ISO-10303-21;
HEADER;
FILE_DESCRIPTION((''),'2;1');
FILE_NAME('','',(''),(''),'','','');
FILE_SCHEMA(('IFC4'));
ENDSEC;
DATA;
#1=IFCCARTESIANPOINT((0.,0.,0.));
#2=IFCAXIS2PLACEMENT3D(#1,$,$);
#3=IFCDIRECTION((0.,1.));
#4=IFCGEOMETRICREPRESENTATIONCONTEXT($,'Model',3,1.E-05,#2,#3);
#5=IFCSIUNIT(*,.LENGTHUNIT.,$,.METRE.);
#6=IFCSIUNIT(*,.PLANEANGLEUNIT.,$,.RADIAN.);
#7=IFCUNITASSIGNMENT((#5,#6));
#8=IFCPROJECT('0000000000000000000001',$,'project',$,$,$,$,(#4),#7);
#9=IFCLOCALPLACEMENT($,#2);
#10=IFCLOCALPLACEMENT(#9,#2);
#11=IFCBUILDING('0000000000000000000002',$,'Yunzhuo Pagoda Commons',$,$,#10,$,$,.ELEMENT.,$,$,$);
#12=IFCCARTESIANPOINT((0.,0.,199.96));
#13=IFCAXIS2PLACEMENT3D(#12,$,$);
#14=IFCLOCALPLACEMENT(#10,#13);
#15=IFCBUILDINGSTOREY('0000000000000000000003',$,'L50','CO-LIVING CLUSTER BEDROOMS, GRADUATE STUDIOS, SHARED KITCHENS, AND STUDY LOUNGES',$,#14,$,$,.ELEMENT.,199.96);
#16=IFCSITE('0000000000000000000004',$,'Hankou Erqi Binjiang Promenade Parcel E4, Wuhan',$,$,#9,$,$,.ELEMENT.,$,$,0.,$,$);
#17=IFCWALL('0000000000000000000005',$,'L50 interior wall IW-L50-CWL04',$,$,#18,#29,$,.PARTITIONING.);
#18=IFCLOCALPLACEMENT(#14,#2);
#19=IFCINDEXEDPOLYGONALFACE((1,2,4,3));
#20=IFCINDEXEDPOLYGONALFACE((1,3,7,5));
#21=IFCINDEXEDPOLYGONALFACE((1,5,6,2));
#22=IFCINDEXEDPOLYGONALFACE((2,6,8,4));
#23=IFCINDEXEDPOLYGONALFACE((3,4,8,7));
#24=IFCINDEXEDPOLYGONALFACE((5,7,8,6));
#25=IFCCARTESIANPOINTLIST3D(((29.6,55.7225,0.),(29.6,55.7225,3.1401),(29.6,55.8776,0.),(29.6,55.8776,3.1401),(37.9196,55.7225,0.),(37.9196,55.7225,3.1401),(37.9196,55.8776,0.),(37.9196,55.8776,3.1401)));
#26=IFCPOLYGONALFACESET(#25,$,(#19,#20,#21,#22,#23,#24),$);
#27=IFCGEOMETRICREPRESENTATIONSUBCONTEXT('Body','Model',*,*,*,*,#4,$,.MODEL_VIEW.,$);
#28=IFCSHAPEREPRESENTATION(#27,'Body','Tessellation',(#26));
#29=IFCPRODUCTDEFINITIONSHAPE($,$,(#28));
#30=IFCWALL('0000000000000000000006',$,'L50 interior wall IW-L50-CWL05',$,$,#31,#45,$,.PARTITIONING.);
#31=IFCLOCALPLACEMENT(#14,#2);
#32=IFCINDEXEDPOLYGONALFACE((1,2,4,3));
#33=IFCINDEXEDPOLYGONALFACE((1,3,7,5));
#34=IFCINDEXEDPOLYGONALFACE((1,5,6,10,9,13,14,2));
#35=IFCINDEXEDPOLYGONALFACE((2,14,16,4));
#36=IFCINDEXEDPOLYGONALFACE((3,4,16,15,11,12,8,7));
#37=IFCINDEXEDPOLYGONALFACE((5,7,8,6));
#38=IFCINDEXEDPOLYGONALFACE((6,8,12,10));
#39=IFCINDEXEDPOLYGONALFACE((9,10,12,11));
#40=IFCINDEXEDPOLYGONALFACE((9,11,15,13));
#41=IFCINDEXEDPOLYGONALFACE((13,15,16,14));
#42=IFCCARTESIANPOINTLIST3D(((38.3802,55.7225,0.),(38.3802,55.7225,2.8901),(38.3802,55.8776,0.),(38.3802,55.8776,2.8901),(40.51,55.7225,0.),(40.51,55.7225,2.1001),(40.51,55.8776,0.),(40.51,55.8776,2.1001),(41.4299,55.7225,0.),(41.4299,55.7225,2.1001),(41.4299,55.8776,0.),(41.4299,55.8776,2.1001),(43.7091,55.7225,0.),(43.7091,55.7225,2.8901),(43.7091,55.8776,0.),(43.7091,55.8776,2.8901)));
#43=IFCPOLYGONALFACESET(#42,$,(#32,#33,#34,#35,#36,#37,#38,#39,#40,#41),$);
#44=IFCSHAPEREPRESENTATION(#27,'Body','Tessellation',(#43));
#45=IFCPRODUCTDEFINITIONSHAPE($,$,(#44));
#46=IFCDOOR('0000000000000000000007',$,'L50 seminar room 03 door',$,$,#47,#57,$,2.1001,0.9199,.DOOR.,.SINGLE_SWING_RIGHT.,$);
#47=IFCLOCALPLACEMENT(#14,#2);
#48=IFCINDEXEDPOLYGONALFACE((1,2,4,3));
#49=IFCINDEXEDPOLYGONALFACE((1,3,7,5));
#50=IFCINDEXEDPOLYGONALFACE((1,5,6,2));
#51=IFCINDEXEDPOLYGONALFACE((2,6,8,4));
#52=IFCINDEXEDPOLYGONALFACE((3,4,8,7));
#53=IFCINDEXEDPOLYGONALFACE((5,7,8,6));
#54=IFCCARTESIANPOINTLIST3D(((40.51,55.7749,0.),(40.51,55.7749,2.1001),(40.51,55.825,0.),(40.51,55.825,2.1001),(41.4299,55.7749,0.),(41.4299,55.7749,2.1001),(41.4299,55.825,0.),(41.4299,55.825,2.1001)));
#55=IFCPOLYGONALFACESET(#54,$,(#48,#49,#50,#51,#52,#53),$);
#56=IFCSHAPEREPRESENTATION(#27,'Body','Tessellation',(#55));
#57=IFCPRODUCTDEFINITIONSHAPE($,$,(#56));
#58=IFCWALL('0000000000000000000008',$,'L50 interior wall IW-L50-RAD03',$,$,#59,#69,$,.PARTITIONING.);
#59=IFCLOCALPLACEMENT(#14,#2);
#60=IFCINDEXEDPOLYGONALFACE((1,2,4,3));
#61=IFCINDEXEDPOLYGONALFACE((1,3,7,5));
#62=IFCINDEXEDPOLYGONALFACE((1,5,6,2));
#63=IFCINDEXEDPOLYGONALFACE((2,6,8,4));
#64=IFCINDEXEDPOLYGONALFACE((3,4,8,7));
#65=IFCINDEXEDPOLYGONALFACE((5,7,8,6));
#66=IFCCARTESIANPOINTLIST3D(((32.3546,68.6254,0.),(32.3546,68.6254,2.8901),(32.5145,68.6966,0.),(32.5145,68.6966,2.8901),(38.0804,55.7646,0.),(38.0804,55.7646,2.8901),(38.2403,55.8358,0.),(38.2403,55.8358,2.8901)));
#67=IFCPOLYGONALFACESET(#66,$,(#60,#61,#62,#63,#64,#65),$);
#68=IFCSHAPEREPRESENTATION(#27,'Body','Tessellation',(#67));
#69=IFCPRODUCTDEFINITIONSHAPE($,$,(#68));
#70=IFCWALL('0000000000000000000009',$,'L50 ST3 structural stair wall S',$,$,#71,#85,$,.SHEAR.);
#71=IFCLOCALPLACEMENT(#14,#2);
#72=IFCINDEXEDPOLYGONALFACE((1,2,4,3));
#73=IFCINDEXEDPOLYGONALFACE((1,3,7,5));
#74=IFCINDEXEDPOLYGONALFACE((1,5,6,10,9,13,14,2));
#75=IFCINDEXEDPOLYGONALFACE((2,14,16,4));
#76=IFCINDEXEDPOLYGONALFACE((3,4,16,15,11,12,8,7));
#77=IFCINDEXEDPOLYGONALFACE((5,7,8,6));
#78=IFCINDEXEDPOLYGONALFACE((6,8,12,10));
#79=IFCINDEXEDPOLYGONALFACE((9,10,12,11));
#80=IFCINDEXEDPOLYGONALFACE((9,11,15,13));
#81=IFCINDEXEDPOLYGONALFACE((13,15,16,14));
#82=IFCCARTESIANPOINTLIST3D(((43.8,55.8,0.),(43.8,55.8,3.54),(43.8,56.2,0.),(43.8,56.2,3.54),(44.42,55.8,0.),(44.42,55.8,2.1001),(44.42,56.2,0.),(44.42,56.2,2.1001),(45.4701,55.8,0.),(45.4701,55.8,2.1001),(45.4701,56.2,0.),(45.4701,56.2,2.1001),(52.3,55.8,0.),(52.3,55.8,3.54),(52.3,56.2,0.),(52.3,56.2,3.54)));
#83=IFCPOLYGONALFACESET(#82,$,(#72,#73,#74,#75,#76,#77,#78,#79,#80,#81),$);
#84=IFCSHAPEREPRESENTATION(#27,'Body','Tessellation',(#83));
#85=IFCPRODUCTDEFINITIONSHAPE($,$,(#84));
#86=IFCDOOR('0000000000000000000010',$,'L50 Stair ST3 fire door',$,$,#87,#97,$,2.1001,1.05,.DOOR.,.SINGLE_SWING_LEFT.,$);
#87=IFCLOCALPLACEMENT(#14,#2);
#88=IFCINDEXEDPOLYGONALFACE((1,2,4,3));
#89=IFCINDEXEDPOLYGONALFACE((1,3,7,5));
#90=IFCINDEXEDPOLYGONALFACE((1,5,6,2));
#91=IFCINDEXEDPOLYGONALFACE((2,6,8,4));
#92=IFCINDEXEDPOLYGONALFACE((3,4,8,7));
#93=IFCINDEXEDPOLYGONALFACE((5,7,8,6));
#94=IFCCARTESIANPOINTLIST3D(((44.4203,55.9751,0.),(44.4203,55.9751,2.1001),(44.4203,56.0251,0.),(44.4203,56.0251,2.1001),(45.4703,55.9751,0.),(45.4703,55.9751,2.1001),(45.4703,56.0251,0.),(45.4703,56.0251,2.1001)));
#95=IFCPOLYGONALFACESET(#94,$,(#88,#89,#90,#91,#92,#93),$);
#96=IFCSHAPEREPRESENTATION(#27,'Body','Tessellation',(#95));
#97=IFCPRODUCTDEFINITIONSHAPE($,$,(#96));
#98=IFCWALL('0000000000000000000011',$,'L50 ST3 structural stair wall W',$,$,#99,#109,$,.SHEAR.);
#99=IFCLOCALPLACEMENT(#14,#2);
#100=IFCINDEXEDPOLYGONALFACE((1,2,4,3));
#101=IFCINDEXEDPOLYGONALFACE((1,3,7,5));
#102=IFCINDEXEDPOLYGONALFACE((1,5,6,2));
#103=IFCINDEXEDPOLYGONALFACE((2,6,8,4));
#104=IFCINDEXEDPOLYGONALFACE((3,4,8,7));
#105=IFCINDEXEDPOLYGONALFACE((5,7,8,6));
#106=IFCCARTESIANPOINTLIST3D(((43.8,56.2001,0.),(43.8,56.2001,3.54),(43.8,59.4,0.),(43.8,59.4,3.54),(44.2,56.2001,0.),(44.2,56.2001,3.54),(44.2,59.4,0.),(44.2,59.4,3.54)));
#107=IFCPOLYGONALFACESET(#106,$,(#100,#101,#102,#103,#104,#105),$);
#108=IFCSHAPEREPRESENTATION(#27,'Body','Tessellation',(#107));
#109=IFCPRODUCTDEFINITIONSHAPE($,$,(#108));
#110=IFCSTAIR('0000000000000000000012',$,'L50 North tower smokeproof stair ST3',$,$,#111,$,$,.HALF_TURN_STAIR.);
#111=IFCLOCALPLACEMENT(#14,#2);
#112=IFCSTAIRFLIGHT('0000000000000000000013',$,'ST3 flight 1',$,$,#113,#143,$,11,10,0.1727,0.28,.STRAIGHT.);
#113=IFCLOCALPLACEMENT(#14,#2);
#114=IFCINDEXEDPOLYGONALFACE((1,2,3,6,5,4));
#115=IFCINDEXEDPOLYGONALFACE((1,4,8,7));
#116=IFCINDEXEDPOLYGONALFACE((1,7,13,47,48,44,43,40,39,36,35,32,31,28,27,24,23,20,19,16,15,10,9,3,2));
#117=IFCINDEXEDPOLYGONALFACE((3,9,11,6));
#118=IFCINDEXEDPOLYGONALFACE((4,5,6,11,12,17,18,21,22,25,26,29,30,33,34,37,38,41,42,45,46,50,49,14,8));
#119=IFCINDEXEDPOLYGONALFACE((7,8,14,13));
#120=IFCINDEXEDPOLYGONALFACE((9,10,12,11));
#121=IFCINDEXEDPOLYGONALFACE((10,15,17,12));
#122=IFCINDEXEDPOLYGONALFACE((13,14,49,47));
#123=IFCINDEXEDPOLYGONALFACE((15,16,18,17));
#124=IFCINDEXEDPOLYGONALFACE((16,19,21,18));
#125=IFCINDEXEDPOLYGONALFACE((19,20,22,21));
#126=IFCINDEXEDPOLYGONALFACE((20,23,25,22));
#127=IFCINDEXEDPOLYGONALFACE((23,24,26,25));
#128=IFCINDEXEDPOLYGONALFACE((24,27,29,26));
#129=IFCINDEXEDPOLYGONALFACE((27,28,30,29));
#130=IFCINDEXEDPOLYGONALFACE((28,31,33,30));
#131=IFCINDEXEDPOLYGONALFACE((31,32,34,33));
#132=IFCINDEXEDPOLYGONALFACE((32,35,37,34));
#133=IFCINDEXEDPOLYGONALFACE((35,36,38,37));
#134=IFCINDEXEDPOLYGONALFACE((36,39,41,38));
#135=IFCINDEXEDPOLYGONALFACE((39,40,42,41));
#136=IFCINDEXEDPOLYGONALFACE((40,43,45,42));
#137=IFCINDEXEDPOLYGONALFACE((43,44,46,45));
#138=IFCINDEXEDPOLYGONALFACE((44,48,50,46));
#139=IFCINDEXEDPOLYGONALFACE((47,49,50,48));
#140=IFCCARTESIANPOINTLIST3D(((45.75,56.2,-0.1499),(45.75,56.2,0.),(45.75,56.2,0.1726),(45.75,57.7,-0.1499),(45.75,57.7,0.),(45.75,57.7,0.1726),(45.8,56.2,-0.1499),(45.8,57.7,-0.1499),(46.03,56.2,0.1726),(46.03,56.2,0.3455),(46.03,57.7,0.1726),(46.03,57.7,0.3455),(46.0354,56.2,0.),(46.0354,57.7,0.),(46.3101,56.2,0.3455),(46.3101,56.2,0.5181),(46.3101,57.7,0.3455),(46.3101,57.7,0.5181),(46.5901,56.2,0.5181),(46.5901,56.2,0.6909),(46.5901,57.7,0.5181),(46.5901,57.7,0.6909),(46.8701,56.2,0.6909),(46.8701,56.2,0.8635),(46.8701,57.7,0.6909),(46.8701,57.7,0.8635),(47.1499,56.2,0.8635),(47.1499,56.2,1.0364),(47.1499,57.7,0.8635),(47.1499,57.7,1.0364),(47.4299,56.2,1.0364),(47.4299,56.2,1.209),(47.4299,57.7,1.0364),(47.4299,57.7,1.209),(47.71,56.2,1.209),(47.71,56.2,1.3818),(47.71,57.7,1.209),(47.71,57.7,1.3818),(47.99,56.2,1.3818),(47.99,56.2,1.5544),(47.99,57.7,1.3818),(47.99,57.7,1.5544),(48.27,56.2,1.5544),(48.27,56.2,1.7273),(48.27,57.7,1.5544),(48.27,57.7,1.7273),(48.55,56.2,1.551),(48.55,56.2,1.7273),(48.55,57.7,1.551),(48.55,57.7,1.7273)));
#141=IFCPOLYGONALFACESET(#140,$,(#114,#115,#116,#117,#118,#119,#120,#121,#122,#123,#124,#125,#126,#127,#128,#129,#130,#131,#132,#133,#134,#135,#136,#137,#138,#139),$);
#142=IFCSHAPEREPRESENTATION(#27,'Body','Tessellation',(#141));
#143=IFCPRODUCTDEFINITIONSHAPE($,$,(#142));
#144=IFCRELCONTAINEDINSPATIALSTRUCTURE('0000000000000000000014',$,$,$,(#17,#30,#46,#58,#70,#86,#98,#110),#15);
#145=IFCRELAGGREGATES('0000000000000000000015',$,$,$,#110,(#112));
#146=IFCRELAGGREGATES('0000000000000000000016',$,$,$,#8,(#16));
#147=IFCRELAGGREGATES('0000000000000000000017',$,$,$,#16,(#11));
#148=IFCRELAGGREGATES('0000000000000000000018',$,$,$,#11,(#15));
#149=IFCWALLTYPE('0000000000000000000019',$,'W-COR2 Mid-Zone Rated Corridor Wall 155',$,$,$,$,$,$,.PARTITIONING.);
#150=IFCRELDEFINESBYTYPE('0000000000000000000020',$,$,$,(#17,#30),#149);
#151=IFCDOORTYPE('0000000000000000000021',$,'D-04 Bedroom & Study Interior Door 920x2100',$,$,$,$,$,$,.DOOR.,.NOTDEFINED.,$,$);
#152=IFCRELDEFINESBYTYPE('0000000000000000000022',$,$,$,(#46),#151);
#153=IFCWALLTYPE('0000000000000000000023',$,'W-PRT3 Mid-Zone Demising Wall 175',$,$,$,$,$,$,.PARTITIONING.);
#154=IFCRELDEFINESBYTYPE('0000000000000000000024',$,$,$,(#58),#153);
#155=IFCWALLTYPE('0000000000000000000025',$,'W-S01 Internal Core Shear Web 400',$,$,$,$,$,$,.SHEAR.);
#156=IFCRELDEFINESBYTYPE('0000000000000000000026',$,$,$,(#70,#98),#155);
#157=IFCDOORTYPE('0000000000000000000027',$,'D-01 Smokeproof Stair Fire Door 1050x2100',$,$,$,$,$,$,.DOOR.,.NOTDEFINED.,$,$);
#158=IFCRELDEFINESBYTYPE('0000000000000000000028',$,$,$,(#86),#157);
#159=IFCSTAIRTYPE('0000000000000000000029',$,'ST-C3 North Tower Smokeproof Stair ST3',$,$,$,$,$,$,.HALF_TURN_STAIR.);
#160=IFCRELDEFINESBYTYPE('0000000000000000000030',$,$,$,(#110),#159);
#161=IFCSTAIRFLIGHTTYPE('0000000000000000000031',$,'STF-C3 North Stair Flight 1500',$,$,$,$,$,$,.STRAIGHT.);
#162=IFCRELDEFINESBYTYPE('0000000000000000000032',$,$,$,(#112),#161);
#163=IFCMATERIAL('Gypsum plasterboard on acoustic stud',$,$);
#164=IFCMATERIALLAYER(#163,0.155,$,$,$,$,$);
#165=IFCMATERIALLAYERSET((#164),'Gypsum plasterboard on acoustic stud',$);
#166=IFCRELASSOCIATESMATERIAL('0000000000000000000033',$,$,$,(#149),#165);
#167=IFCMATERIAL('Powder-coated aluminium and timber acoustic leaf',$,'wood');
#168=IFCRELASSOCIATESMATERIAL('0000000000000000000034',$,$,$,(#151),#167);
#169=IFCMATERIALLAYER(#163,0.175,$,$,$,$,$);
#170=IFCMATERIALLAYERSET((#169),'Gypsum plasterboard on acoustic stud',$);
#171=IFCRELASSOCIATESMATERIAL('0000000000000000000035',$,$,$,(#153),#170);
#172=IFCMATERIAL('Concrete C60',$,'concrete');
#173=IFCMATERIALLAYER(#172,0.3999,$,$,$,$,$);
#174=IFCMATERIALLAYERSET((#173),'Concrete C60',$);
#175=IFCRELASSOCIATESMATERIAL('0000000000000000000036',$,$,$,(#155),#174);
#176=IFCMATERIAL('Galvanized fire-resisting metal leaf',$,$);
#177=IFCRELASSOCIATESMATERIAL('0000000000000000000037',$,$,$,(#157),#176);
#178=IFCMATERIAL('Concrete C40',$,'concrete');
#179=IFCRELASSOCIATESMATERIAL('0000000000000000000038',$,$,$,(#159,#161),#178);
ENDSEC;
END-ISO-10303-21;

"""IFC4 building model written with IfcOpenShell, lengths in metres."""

from ifc_helpers import new_model, si_unit, direction, frame, frame_2d, origin, origin_with_axes, place, context, subcontext, project, spatial, polyline, rectangle, outline, extrude, source, transform, mapped, material, layer, layer_set, type_object, element, fill, aggregate, save


model = new_model("IFC4")

# Units and contexts
model_context = context("Model", 3, precision=1e-05, world=origin(), true_north=direction((0.0, 1.0)))
body_context = subcontext(model_context, "Body", "Model", "MODEL_VIEW")
ifc_project = project(units=[si_unit("LENGTHUNIT", "METRE"), si_unit("PLANEANGLEUNIT", "RADIAN")], contexts=[model_context])

# Site, building, storey
site_placement = place(None, origin())
site = spatial("IfcSite", under=ifc_project, at=site_placement, Name="Hankou Erqi Binjiang Promenade Parcel E4, Wuhan", CompositionType="ELEMENT", RefElevation=0.0)
building_placement = place(site_placement, origin())
building = spatial("IfcBuilding", under=site, at=building_placement, Name="Yunzhuo Pagoda Commons", CompositionType="ELEMENT")
storey_placement = place(building_placement, frame((0.0, 0.0, 199.96)))
storey = spatial("IfcBuildingStorey", under=building, at=storey_placement, Name="L50", Description="CO-LIVING CLUSTER BEDROOMS, GRADUATE STUDIOS, SHARED KITCHENS, AND STUDY LOUNGES", CompositionType="ELEMENT", Elevation=199.96)

# Shared definitions
ifc_material_1 = material(Name="Gypsum plasterboard on acoustic stud")
ifc_layer_1 = layer(ifc_material_1, 0.155)
ifc_layer_set_1 = layer_set([ifc_layer_1], Name="Gypsum plasterboard on acoustic stud")
wall_type_1 = type_object("IfcWallType", Name="W-COR2 Mid-Zone Rated Corridor Wall 155", PredefinedType="PARTITIONING", material=ifc_layer_set_1)
ifc_material_2 = material(Name="Powder-coated aluminium and timber acoustic leaf", Category="wood")
door_type_1 = type_object("IfcDoorType", Name="D-04 Bedroom & Study Interior Door 920x2100", OperationType="NOTDEFINED", PredefinedType="DOOR", material=ifc_material_2)
shared_shape_1 = source(origin(), body_context, "Body", "SweptSolid", [
    extrude(rectangle(XDim=0.9199, YDim=2.1001, at=frame_2d((0.46, 1.05))), frame((0.0, 0.0249, 0.0), z_axis=(0.0, -1.0, 0.0), x_axis=(1.0, 0.0, 0.0)), (0.0, 0.0, 1.0), 0.05),
])

# Wall
wall_1_placement = place(storey_placement, frame((29.6001, 55.8, 0.0), z_axis=(0.0, 0.0, 1.0), x_axis=(1.0, 0.0, 0.0)))
element("IfcWall", 1, at=wall_1_placement, inside=storey, type_object=wall_type_1, Name="L50 interior wall IW-L50-CWL04", PredefinedType="PARTITIONING", context=body_context, shape_type="SweptSolid", body=[
    extrude(rectangle(XDim=8.3196, YDim=0.155, at=frame_2d((4.1597, 0.0))), origin(), (0.0, 0.0, 1.0), 3.1401),
])

# Wall, opening, door
wall_2_placement = place(storey_placement, frame((38.3801, 55.8, 0.0), z_axis=(0.0, 0.0, 1.0), x_axis=(1.0, 0.0, 0.0)))
wall_2 = element("IfcWall", 2, at=wall_2_placement, inside=storey, type_object=wall_type_1, Name="L50 interior wall IW-L50-CWL05", PredefinedType="PARTITIONING", context=body_context, shape_type="SweptSolid", body=[
    extrude(rectangle(XDim=5.3289, YDim=0.155, at=frame_2d((2.6646, 0.0))), origin(), (0.0, 0.0, 1.0), 2.8901),
])
opening_1_placement = place(wall_2_placement, frame((2.1299, 0.0, 0.0)))
opening_1 = element("IfcOpeningElement", 3, at=opening_1_placement, cuts=wall_2, PredefinedType="OPENING", context=body_context, shape_type="SweptSolid", body=[
    extrude(rectangle(XDim=0.9199, YDim=2.1001, at=frame_2d((0.46, 1.05))), frame((0.0, 0.0874, 0.0), z_axis=(0.0, -1.0, 0.0), x_axis=(1.0, 0.0, 0.0)), (0.0, 0.0, 1.0), 0.175),
])
door_1_placement = place(opening_1_placement, origin_with_axes())
door_1 = element("IfcDoor", 4, at=door_1_placement, inside=storey, type_object=door_type_1, Name="L50 seminar room 03 door", OperationType="SINGLE_SWING_RIGHT", OverallHeight=2.1001, OverallWidth=0.9199, PredefinedType="DOOR", context=body_context, shape_type="MappedRepresentation", body=[
    mapped(shared_shape_1, transform((0.0, 0.0, 0.0), scale=1.0)),
])
fill(opening_1, door_1)

# Wall
ifc_layer_2 = layer(ifc_material_1, 0.175)
ifc_layer_set_2 = layer_set([ifc_layer_2], Name="Gypsum plasterboard on acoustic stud")
wall_type_2 = type_object("IfcWallType", Name="W-PRT3 Mid-Zone Demising Wall 175", PredefinedType="PARTITIONING", material=ifc_layer_set_2)
wall_3_placement = place(storey_placement, frame((38.1604, 55.8, 0.0), z_axis=(0.0, 0.0, 1.0), x_axis=(-0.406726, 0.91355, 0.0)))
element("IfcWall", 5, at=wall_3_placement, inside=storey, type_object=wall_type_2, Name="L50 interior wall IW-L50-RAD03", PredefinedType="PARTITIONING", context=body_context, shape_type="SweptSolid", body=[
    extrude(rectangle(XDim=14.0779, YDim=0.175, at=frame_2d((7.0391, 0.0))), origin(), (0.0, 0.0, 1.0), 2.8901),
])

# Wall, opening, door
ifc_material_3 = material(Name="Concrete C60", Category="concrete")
ifc_layer_3 = layer(ifc_material_3, 0.3999)
ifc_layer_set_3 = layer_set([ifc_layer_3], Name="Concrete C60")
wall_type_3 = type_object("IfcWallType", Name="W-S01 Internal Core Shear Web 400", PredefinedType="SHEAR", material=ifc_layer_set_3)
wall_4_placement = place(storey_placement, frame((43.8, 56.0, 0.0), z_axis=(0.0, 0.0, 1.0), x_axis=(1.0, 0.0, 0.0)))
wall_4 = element("IfcWall", 6, at=wall_4_placement, inside=storey, type_object=wall_type_3, Name="L50 ST3 structural stair wall S", PredefinedType="SHEAR", context=body_context, shape_type="SweptSolid", body=[
    extrude(rectangle(XDim=8.5, YDim=0.3999, at=frame_2d((4.25, 0.0))), origin(), (0.0, 0.0, 1.0), 3.54),
])
opening_2_placement = place(wall_4_placement, frame((0.6201, 0.0, 0.0)))
opening_2 = element("IfcOpeningElement", 7, at=opening_2_placement, cuts=wall_4, PredefinedType="OPENING", context=body_context, shape_type="SweptSolid", body=[
    extrude(rectangle(XDim=1.05, YDim=2.1001, at=frame_2d((0.5249, 1.05))), frame((0.0, 0.21, 0.0), z_axis=(0.0, -1.0, 0.0), x_axis=(1.0, 0.0, 0.0)), (0.0, 0.0, 1.0), 0.4199),
])
ifc_material_4 = material(Name="Galvanized fire-resisting metal leaf")
door_type_2 = type_object("IfcDoorType", Name="D-01 Smokeproof Stair Fire Door 1050x2100", OperationType="NOTDEFINED", PredefinedType="DOOR", material=ifc_material_4)
shared_shape_2 = source(origin(), body_context, "Body", "SweptSolid", [
    extrude(rectangle(XDim=1.05, YDim=2.1001, at=frame_2d((0.5249, 1.05))), frame((0.0, 0.0249, 0.0), z_axis=(0.0, -1.0, 0.0), x_axis=(1.0, 0.0, 0.0)), (0.0, 0.0, 1.0), 0.05),
])
door_2_placement = place(opening_2_placement, frame((1.05, 0.0, 0.0), z_axis=(0.0, 0.0, 1.0), x_axis=(-1.0, 0.0, 0.0)))
door_2 = element("IfcDoor", 8, at=door_2_placement, inside=storey, type_object=door_type_2, Name="L50 Stair ST3 fire door", OperationType="SINGLE_SWING_LEFT", OverallHeight=2.1001, OverallWidth=1.05, PredefinedType="DOOR", context=body_context, shape_type="MappedRepresentation", body=[
    mapped(shared_shape_2, transform((0.0, 0.0, 0.0), scale=1.0)),
])
fill(opening_2, door_2)

# Wall
wall_5_placement = place(storey_placement, frame((44.0, 56.2, 0.0), z_axis=(0.0, 0.0, 1.0), x_axis=(0.0, 1.0, 0.0)))
element("IfcWall", 9, at=wall_5_placement, inside=storey, type_object=wall_type_3, Name="L50 ST3 structural stair wall W", PredefinedType="SHEAR", context=body_context, shape_type="SweptSolid", body=[
    extrude(rectangle(XDim=3.2, YDim=0.3999, at=frame_2d((1.6001, 0.0))), origin(), (0.0, 0.0, 1.0), 3.54),
])

# Stair, stair flight
ifc_material_5 = material(Name="Concrete C40", Category="concrete")
stair_type = type_object("IfcStairType", Name="ST-C3 North Tower Smokeproof Stair ST3", PredefinedType="HALF_TURN_STAIR", material=ifc_material_5)
stair_placement = place(storey_placement, origin())
stair = element("IfcStair", 10, at=stair_placement, inside=storey, type_object=stair_type, Name="L50 North tower smokeproof stair ST3", PredefinedType="HALF_TURN_STAIR")
stair_flight_type = type_object("IfcStairFlightType", Name="STF-C3 North Stair Flight 1500", PredefinedType="STRAIGHT", material=ifc_material_5)
shared_shape_3 = source(origin(), body_context, "Body", "SweptSolid", [
    extrude(outline(polyline([(0.0, -0.1499), (0.0, 0.0), (0.0, 0.1726), (0.28, 0.1726), (0.28, 0.3455), (0.5601, 0.3455), (0.5601, 0.5181), (0.8401, 0.5181), (0.8401, 0.6909), (1.1201, 0.6909), (1.1201, 0.8635), (1.3999, 0.8635), (1.3999, 1.0364), (1.6799, 1.0364), (1.6799, 1.209), (1.96, 1.209), (1.96, 1.3818), (2.24, 1.3818), (2.24, 1.5544), (2.52, 1.5544), (2.52, 1.7273), (2.8, 1.7273), (2.8, 1.8999), (2.8, 1.551), (0.2854, 0.0), (0.05, -0.1499), (0.0, -0.1499)])), frame((0.0, 0.75, 0.0), z_axis=(0.0, -1.0, 0.0), x_axis=(1.0, 0.0, 0.0)), (0.0, 0.0, 1.0), 1.5),
])
stair_flight_placement = place(storey_placement, frame((45.75, 56.95, 0.0), z_axis=(0.0, 0.0, 1.0), x_axis=(1.0, 0.0, 0.0)))
stair_flight = element("IfcStairFlight", 11, at=stair_flight_placement, type_object=stair_flight_type, Name="ST3 flight 1", NumberOfRisers=11, NumberOfTreads=10, PredefinedType="STRAIGHT", RiserHeight=0.1727, TreadLength=0.28, context=body_context, shape_type="MappedRepresentation", body=[
    mapped(shared_shape_3, transform((0.0, 0.0, 0.0), scale=1.0)),
])
aggregate(stair, [stair_flight])

save(model, "model.ifc")
